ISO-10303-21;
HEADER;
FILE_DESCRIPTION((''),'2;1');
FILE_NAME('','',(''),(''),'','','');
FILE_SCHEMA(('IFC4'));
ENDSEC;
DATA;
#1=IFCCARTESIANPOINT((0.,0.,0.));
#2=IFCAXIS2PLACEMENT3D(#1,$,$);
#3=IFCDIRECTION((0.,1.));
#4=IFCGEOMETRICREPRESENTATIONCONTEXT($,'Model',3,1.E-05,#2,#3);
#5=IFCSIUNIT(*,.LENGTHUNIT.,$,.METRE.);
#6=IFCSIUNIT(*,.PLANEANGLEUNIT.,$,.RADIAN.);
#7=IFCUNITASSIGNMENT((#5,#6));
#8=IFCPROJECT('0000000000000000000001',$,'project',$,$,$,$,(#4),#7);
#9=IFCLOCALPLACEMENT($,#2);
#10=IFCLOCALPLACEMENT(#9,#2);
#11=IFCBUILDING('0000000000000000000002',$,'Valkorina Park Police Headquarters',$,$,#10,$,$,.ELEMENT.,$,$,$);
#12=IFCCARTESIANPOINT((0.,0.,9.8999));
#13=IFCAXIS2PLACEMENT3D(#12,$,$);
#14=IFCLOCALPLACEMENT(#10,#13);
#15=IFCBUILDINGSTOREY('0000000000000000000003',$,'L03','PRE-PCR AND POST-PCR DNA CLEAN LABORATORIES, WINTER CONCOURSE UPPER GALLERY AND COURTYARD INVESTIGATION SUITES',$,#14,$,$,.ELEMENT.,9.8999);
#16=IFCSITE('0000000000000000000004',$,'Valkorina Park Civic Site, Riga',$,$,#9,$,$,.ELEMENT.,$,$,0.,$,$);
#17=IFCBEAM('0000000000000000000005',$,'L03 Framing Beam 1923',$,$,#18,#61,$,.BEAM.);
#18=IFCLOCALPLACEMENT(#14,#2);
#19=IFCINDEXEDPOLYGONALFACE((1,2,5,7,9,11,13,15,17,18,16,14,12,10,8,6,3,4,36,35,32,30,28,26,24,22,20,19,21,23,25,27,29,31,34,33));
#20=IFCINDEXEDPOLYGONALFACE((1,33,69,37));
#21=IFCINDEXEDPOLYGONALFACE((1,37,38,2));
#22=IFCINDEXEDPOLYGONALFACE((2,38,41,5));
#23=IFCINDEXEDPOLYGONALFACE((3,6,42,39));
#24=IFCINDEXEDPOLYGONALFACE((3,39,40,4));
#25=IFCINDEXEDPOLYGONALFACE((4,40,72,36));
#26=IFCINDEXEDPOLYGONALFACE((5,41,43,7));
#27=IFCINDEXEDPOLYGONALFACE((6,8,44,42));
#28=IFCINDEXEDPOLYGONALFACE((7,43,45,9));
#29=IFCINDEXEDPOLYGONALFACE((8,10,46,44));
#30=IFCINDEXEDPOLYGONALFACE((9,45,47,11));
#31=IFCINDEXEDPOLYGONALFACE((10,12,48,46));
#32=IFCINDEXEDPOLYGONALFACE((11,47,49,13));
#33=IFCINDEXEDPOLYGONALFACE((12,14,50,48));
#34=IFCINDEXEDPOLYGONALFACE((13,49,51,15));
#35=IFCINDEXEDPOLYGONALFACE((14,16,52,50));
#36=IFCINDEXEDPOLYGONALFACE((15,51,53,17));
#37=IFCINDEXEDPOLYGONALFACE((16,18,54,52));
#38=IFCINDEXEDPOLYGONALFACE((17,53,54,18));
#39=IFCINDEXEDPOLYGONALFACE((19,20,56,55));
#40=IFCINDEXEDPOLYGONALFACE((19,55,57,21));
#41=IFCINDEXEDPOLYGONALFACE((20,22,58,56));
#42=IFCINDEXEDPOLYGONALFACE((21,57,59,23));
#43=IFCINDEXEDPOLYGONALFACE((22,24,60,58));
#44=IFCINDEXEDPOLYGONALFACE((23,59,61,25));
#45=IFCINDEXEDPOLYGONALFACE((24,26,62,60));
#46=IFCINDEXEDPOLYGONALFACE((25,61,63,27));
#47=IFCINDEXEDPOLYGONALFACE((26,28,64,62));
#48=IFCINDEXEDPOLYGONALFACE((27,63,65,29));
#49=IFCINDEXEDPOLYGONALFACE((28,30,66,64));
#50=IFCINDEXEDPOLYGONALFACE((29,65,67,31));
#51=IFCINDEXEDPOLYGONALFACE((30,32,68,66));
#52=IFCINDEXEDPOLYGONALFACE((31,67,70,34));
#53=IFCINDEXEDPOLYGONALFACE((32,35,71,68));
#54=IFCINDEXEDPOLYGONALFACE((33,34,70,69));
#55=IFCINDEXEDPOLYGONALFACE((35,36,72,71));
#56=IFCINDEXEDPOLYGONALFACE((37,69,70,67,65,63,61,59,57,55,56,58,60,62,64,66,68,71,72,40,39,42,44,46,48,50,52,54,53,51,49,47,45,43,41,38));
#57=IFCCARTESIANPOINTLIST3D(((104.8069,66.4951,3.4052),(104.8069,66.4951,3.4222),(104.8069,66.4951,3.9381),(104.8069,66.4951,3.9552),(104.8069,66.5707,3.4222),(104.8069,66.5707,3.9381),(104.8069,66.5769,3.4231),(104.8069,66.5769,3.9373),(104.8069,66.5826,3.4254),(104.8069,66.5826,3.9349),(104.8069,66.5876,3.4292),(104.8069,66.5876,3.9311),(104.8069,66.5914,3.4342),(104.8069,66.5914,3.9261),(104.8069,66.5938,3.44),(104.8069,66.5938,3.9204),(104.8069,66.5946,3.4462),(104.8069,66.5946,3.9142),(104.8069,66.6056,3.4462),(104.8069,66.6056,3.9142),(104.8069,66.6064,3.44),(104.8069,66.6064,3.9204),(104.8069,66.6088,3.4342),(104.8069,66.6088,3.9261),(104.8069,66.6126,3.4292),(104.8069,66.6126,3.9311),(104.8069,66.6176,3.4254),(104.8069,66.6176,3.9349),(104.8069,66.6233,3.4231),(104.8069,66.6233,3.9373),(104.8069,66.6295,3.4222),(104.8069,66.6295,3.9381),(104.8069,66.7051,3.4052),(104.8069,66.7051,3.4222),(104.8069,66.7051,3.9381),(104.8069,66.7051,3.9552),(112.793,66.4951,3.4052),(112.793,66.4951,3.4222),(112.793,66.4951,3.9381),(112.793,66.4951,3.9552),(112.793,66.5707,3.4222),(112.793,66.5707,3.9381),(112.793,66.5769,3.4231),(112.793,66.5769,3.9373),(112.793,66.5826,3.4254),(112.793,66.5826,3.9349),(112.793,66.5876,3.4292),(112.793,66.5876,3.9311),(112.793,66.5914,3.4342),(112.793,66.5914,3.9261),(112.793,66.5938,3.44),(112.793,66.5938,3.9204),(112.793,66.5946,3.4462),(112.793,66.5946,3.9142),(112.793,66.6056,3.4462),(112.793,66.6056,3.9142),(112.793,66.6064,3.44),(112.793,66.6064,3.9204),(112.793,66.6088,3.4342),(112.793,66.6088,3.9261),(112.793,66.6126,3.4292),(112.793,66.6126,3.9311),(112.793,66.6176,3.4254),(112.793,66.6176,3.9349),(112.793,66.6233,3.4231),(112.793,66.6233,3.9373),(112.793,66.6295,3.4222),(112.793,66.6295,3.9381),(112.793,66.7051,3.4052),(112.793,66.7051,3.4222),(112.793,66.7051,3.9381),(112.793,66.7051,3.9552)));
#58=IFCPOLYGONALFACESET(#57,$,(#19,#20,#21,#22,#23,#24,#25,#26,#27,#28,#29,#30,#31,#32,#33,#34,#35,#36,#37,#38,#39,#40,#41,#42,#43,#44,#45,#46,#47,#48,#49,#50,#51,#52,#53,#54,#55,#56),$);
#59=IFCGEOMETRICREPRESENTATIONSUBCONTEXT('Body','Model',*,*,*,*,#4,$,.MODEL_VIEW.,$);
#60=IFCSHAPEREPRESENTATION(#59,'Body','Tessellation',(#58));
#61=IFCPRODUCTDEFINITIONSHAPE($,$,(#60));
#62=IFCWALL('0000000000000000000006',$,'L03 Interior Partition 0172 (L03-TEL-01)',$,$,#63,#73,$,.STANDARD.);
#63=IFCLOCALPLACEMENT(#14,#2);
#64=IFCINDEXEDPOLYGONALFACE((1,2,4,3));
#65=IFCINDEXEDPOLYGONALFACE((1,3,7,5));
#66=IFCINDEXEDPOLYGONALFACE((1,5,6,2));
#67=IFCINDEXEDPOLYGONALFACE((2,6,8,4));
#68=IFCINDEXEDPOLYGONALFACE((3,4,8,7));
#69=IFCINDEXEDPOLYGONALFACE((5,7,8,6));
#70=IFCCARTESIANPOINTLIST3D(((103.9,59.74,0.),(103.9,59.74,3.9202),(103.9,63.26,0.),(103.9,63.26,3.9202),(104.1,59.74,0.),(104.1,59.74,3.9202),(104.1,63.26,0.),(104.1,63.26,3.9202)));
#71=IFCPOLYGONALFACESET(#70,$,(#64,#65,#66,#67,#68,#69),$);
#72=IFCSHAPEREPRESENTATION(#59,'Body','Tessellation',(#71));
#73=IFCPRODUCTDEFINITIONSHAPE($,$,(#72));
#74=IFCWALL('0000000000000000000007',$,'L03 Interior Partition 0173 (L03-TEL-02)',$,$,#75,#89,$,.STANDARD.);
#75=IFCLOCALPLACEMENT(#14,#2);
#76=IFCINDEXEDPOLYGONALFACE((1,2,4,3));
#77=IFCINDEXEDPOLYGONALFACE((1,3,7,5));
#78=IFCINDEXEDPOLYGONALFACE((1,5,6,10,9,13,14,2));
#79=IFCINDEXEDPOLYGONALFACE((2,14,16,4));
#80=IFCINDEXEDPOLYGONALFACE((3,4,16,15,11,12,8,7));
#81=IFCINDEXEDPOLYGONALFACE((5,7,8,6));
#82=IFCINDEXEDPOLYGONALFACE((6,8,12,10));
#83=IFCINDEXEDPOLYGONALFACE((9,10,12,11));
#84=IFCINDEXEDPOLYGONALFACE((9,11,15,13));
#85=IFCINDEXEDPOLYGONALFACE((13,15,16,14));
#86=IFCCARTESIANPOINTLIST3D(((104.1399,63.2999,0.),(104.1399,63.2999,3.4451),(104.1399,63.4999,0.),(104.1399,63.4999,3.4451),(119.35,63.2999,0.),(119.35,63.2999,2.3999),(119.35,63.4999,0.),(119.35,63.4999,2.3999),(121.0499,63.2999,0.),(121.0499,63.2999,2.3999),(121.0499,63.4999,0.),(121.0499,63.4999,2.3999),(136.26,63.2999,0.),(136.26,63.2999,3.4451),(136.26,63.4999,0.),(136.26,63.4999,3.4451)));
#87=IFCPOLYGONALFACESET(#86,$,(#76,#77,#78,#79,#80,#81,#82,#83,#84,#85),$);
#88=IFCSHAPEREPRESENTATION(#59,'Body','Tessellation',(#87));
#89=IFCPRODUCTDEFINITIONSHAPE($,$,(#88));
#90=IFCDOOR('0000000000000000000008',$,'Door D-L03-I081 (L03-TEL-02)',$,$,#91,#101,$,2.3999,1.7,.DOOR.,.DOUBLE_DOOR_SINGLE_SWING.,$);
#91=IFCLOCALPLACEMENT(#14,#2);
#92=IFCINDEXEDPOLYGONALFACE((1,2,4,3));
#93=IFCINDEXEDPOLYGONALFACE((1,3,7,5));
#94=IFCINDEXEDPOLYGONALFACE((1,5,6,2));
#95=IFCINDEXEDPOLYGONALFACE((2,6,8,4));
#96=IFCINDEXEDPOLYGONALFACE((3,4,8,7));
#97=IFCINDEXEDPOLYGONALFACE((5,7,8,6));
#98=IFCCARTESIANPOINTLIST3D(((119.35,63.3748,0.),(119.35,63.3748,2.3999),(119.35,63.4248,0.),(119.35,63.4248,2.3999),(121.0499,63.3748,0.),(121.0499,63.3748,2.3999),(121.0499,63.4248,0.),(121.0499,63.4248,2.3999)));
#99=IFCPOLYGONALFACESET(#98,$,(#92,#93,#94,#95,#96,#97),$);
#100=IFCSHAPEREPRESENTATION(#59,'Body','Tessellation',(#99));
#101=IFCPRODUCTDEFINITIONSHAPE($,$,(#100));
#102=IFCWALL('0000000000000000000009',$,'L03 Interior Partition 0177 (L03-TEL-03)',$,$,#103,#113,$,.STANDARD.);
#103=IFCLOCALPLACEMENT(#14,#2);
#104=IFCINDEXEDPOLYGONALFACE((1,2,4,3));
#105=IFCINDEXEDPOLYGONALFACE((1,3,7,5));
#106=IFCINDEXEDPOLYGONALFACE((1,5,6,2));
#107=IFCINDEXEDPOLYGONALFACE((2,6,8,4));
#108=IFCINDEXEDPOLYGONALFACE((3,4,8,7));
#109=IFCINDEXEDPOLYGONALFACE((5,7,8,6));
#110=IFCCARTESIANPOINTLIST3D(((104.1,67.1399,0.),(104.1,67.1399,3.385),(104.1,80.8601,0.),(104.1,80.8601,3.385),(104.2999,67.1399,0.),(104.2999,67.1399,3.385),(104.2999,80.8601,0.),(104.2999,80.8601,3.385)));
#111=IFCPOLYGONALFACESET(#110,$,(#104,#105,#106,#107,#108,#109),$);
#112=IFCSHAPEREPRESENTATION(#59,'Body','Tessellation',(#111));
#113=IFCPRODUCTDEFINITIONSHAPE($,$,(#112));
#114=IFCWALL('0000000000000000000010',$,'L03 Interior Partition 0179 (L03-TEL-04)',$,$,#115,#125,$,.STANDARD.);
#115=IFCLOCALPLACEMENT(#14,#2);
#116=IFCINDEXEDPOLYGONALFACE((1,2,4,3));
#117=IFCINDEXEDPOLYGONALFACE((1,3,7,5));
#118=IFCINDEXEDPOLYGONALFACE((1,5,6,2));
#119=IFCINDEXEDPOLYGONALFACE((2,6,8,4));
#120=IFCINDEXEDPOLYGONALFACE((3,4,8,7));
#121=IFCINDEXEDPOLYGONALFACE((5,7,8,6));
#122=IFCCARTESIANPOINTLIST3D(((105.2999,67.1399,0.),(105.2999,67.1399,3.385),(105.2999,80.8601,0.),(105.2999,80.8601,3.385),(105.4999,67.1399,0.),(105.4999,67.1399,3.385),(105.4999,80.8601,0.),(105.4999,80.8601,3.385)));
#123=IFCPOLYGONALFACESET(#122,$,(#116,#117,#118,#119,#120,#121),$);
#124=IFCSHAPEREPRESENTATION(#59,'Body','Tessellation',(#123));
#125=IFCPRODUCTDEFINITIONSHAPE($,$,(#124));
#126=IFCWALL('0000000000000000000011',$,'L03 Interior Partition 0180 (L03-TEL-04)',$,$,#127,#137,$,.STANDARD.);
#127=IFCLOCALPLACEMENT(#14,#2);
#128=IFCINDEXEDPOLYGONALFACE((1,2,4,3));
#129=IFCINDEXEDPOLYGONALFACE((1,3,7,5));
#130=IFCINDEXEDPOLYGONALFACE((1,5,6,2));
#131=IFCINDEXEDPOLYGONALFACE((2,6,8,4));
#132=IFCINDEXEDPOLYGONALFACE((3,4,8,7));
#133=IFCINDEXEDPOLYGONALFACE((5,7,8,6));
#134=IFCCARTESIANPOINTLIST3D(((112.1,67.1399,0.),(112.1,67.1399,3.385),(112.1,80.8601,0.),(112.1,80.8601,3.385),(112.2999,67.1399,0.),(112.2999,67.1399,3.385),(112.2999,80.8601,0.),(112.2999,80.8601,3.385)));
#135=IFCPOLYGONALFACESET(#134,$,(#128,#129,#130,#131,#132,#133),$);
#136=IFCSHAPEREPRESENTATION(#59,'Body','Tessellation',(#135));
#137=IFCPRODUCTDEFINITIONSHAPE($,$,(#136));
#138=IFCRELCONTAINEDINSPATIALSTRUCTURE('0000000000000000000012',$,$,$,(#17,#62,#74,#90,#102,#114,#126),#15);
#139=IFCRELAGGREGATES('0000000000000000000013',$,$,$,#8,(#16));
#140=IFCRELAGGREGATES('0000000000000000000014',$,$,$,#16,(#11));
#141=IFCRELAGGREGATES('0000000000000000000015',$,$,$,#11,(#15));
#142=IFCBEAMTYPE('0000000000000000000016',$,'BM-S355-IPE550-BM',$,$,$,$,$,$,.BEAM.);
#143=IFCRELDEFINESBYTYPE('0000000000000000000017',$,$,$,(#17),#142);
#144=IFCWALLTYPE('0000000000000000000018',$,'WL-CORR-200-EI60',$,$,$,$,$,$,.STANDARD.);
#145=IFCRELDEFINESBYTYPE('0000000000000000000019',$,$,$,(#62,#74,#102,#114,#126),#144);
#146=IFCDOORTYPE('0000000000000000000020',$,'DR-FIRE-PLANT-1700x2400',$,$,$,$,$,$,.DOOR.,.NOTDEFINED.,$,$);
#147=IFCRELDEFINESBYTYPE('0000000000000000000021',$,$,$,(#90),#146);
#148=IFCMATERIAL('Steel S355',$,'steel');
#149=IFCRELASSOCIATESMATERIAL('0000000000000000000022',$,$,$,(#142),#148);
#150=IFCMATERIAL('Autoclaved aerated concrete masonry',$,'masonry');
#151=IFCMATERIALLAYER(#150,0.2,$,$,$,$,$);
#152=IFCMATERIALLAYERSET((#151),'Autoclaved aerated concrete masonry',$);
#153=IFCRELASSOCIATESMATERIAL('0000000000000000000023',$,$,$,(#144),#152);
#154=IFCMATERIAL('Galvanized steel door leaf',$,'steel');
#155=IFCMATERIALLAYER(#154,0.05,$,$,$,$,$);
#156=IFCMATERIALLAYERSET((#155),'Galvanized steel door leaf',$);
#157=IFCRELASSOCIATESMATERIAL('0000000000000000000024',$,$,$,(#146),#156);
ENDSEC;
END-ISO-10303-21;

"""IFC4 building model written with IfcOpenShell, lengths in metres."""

from ifc_helpers import new_model, si_unit, direction, frame, frame_2d, origin, origin_2d, place, context, subcontext, project, spatial, rectangle, i_section, extrude, material, layer, layer_set, material_profile, profile_set, type_object, element, fill, save


model = new_model("IFC4")

# Units and contexts
model_context = context("Model", 3, precision=1e-05, world=origin(), true_north=direction((0.0, 1.0)))
body_context = subcontext(model_context, "Body", "Model", "MODEL_VIEW")
ifc_project = project(units=[si_unit("LENGTHUNIT", "METRE"), si_unit("PLANEANGLEUNIT", "RADIAN")], contexts=[model_context])

# Site, building, storey
site_placement = place(None, origin())
site = spatial("IfcSite", under=ifc_project, at=site_placement, Name="Valkorina Park Civic Site, Riga", CompositionType="ELEMENT", RefElevation=0.0)
building_placement = place(site_placement, origin())
building = spatial("IfcBuilding", under=site, at=building_placement, Name="Valkorina Park Police Headquarters", CompositionType="ELEMENT")
storey_placement = place(building_placement, frame((0.0, 0.0, 9.8999)))
storey = spatial("IfcBuildingStorey", under=building, at=storey_placement, Name="L03", Description="PRE-PCR AND POST-PCR DNA CLEAN LABORATORIES, WINTER CONCOURSE UPPER GALLERY AND COURTYARD INVESTIGATION SUITES", CompositionType="ELEMENT", Elevation=9.8999)

# Shared definitions
ifc_material_1 = material(Name="Steel S355", Category="steel")

# Beam
ifc_material_profile_1 = material_profile(ifc_material_1, i_section(OverallWidth=0.21, OverallDepth=0.55, WebThickness=0.011, FlangeThickness=0.0171, FilletRadius=0.0239, at=origin_2d()), Name="IPE 550")
ifc_profile_set_1 = profile_set([ifc_material_profile_1], Name="Steel S355")
beam_type_1 = type_object("IfcBeamType", Name="BM-S355-IPE550-BM", PredefinedType="BEAM", material=ifc_profile_set_1)
for number, where, z_axis, x_axis, name in (
    (1, (104.8069, 66.6001, 3.6802), (1.0, 0.0, 0.0), (0.0, 1.0, 0.0), "L03 Framing Beam 1923"),
):
    element("IfcBeam", number, at=place(storey_placement, frame(where, z_axis=z_axis, x_axis=x_axis)), inside=storey, type_object=beam_type_1, Name=name, PredefinedType="BEAM", context=body_context, shape_type="SweptSolid", body=[
        extrude(i_section(OverallWidth=0.21, OverallDepth=0.55, WebThickness=0.011, FlangeThickness=0.0171, FilletRadius=0.0239, at=origin_2d()), origin(), (0.0, 0.0, 1.0), 7.9861),
    ])

# Wall
ifc_material_2 = material(Name="Autoclaved aerated concrete masonry", Category="masonry")
ifc_layer_1 = layer(ifc_material_2, 0.2)
ifc_layer_set_1 = layer_set([ifc_layer_1], Name="Autoclaved aerated concrete masonry")
wall_type_1 = type_object("IfcWallType", Name="WL-CORR-200-EI60", PredefinedType="STANDARD", material=ifc_layer_set_1)
wall_1_placement = place(storey_placement, frame((104.0, 59.74, 0.0), z_axis=(0.0, 0.0, 1.0), x_axis=(0.0, 1.0, 0.0)))
element("IfcWall", 2, at=wall_1_placement, inside=storey, type_object=wall_type_1, Name="L03 Interior Partition 0172 (L03-TEL-01)", PredefinedType="STANDARD", context=body_context, shape_type="SweptSolid", body=[
    extrude(rectangle(XDim=3.52, YDim=0.2, at=frame_2d((1.76, 0.0))), origin(), (0.0, 0.0, 1.0), 3.9202),
])

# Wall, opening, door
wall_2_placement = place(storey_placement, frame((104.1399, 63.3999, 0.0), z_axis=(0.0, 0.0, 1.0), x_axis=(1.0, 0.0, 0.0)))
wall_2 = element("IfcWall", 3, at=wall_2_placement, inside=storey, type_object=wall_type_1, Name="L03 Interior Partition 0173 (L03-TEL-02)", PredefinedType="STANDARD", context=body_context, shape_type="SweptSolid", body=[
    extrude(rectangle(XDim=32.1201, YDim=0.2, at=frame_2d((16.0601, 0.0))), origin(), (0.0, 0.0, 1.0), 3.4451),
])
opening_1_placement = place(wall_2_placement, frame((15.21, 0.0, 0.0)))
opening_1 = element("IfcOpeningElement", 4, at=opening_1_placement, cuts=wall_2, PredefinedType="OPENING", context=body_context, shape_type="SweptSolid", body=[
    extrude(rectangle(XDim=1.7, YDim=2.3999, at=frame_2d((0.8501, 1.2))), frame((0.0, 0.1099, 0.0), z_axis=(0.0, -1.0, 0.0), x_axis=(1.0, 0.0, 0.0)), (0.0, 0.0, 1.0), 0.22),
])
ifc_material_3 = material(Name="Galvanized steel door leaf", Category="steel")
ifc_layer_2 = layer(ifc_material_3, 0.05)
ifc_layer_set_2 = layer_set([ifc_layer_2], Name="Galvanized steel door leaf")
door_type = type_object("IfcDoorType", Name="DR-FIRE-PLANT-1700x2400", OperationType="NOTDEFINED", PredefinedType="DOOR", material=ifc_layer_set_2)
door_1_placement = place(opening_1_placement, origin())
door_1 = element("IfcDoor", 5, at=door_1_placement, inside=storey, type_object=door_type, Name="Door D-L03-I081 (L03-TEL-02)", OperationType="DOUBLE_DOOR_SINGLE_SWING", OverallHeight=2.3999, OverallWidth=1.7, PredefinedType="DOOR", context=body_context, shape_type="SweptSolid", body=[
    extrude(rectangle(XDim=1.7, YDim=2.3999, at=frame_2d((0.8501, 1.2))), frame((0.0, 0.0249, 0.0), z_axis=(0.0, -1.0, 0.0), x_axis=(1.0, 0.0, 0.0)), (0.0, 0.0, 1.0), 0.05),
])
fill(opening_1, door_1)

# Wall
wall_3_placement = place(storey_placement, frame((104.2, 67.1399, 0.0), z_axis=(0.0, 0.0, 1.0), x_axis=(0.0, 1.0, 0.0)))
element("IfcWall", 6, at=wall_3_placement, inside=storey, type_object=wall_type_1, Name="L03 Interior Partition 0177 (L03-TEL-03)", PredefinedType="STANDARD", context=body_context, shape_type="SweptSolid", body=[
    extrude(rectangle(XDim=13.7202, YDim=0.2, at=frame_2d((6.8601, 0.0))), origin(), (0.0, 0.0, 1.0), 3.385),
])

# Walls
for number, where, z_axis, x_axis, name in (
    (7, (105.3999, 67.1399, 0.0), (0.0, 0.0, 1.0), (0.0, 1.0, 0.0), "L03 Interior Partition 0179 (L03-TEL-04)"),
    (8, (112.2, 67.1399, 0.0), (0.0, 0.0, 1.0), (0.0, 1.0, 0.0), "L03 Interior Partition 0180 (L03-TEL-04)"),
):
    element("IfcWall", number, at=place(storey_placement, frame(where, z_axis=z_axis, x_axis=x_axis)), inside=storey, type_object=wall_type_1, Name=name, PredefinedType="STANDARD", context=body_context, shape_type="SweptSolid", body=[
        extrude(rectangle(XDim=13.7202, YDim=0.2, at=frame_2d((6.8601, 0.0))), origin(), (0.0, 0.0, 1.0), 3.385),
    ])

save(model, "model.ifc")
